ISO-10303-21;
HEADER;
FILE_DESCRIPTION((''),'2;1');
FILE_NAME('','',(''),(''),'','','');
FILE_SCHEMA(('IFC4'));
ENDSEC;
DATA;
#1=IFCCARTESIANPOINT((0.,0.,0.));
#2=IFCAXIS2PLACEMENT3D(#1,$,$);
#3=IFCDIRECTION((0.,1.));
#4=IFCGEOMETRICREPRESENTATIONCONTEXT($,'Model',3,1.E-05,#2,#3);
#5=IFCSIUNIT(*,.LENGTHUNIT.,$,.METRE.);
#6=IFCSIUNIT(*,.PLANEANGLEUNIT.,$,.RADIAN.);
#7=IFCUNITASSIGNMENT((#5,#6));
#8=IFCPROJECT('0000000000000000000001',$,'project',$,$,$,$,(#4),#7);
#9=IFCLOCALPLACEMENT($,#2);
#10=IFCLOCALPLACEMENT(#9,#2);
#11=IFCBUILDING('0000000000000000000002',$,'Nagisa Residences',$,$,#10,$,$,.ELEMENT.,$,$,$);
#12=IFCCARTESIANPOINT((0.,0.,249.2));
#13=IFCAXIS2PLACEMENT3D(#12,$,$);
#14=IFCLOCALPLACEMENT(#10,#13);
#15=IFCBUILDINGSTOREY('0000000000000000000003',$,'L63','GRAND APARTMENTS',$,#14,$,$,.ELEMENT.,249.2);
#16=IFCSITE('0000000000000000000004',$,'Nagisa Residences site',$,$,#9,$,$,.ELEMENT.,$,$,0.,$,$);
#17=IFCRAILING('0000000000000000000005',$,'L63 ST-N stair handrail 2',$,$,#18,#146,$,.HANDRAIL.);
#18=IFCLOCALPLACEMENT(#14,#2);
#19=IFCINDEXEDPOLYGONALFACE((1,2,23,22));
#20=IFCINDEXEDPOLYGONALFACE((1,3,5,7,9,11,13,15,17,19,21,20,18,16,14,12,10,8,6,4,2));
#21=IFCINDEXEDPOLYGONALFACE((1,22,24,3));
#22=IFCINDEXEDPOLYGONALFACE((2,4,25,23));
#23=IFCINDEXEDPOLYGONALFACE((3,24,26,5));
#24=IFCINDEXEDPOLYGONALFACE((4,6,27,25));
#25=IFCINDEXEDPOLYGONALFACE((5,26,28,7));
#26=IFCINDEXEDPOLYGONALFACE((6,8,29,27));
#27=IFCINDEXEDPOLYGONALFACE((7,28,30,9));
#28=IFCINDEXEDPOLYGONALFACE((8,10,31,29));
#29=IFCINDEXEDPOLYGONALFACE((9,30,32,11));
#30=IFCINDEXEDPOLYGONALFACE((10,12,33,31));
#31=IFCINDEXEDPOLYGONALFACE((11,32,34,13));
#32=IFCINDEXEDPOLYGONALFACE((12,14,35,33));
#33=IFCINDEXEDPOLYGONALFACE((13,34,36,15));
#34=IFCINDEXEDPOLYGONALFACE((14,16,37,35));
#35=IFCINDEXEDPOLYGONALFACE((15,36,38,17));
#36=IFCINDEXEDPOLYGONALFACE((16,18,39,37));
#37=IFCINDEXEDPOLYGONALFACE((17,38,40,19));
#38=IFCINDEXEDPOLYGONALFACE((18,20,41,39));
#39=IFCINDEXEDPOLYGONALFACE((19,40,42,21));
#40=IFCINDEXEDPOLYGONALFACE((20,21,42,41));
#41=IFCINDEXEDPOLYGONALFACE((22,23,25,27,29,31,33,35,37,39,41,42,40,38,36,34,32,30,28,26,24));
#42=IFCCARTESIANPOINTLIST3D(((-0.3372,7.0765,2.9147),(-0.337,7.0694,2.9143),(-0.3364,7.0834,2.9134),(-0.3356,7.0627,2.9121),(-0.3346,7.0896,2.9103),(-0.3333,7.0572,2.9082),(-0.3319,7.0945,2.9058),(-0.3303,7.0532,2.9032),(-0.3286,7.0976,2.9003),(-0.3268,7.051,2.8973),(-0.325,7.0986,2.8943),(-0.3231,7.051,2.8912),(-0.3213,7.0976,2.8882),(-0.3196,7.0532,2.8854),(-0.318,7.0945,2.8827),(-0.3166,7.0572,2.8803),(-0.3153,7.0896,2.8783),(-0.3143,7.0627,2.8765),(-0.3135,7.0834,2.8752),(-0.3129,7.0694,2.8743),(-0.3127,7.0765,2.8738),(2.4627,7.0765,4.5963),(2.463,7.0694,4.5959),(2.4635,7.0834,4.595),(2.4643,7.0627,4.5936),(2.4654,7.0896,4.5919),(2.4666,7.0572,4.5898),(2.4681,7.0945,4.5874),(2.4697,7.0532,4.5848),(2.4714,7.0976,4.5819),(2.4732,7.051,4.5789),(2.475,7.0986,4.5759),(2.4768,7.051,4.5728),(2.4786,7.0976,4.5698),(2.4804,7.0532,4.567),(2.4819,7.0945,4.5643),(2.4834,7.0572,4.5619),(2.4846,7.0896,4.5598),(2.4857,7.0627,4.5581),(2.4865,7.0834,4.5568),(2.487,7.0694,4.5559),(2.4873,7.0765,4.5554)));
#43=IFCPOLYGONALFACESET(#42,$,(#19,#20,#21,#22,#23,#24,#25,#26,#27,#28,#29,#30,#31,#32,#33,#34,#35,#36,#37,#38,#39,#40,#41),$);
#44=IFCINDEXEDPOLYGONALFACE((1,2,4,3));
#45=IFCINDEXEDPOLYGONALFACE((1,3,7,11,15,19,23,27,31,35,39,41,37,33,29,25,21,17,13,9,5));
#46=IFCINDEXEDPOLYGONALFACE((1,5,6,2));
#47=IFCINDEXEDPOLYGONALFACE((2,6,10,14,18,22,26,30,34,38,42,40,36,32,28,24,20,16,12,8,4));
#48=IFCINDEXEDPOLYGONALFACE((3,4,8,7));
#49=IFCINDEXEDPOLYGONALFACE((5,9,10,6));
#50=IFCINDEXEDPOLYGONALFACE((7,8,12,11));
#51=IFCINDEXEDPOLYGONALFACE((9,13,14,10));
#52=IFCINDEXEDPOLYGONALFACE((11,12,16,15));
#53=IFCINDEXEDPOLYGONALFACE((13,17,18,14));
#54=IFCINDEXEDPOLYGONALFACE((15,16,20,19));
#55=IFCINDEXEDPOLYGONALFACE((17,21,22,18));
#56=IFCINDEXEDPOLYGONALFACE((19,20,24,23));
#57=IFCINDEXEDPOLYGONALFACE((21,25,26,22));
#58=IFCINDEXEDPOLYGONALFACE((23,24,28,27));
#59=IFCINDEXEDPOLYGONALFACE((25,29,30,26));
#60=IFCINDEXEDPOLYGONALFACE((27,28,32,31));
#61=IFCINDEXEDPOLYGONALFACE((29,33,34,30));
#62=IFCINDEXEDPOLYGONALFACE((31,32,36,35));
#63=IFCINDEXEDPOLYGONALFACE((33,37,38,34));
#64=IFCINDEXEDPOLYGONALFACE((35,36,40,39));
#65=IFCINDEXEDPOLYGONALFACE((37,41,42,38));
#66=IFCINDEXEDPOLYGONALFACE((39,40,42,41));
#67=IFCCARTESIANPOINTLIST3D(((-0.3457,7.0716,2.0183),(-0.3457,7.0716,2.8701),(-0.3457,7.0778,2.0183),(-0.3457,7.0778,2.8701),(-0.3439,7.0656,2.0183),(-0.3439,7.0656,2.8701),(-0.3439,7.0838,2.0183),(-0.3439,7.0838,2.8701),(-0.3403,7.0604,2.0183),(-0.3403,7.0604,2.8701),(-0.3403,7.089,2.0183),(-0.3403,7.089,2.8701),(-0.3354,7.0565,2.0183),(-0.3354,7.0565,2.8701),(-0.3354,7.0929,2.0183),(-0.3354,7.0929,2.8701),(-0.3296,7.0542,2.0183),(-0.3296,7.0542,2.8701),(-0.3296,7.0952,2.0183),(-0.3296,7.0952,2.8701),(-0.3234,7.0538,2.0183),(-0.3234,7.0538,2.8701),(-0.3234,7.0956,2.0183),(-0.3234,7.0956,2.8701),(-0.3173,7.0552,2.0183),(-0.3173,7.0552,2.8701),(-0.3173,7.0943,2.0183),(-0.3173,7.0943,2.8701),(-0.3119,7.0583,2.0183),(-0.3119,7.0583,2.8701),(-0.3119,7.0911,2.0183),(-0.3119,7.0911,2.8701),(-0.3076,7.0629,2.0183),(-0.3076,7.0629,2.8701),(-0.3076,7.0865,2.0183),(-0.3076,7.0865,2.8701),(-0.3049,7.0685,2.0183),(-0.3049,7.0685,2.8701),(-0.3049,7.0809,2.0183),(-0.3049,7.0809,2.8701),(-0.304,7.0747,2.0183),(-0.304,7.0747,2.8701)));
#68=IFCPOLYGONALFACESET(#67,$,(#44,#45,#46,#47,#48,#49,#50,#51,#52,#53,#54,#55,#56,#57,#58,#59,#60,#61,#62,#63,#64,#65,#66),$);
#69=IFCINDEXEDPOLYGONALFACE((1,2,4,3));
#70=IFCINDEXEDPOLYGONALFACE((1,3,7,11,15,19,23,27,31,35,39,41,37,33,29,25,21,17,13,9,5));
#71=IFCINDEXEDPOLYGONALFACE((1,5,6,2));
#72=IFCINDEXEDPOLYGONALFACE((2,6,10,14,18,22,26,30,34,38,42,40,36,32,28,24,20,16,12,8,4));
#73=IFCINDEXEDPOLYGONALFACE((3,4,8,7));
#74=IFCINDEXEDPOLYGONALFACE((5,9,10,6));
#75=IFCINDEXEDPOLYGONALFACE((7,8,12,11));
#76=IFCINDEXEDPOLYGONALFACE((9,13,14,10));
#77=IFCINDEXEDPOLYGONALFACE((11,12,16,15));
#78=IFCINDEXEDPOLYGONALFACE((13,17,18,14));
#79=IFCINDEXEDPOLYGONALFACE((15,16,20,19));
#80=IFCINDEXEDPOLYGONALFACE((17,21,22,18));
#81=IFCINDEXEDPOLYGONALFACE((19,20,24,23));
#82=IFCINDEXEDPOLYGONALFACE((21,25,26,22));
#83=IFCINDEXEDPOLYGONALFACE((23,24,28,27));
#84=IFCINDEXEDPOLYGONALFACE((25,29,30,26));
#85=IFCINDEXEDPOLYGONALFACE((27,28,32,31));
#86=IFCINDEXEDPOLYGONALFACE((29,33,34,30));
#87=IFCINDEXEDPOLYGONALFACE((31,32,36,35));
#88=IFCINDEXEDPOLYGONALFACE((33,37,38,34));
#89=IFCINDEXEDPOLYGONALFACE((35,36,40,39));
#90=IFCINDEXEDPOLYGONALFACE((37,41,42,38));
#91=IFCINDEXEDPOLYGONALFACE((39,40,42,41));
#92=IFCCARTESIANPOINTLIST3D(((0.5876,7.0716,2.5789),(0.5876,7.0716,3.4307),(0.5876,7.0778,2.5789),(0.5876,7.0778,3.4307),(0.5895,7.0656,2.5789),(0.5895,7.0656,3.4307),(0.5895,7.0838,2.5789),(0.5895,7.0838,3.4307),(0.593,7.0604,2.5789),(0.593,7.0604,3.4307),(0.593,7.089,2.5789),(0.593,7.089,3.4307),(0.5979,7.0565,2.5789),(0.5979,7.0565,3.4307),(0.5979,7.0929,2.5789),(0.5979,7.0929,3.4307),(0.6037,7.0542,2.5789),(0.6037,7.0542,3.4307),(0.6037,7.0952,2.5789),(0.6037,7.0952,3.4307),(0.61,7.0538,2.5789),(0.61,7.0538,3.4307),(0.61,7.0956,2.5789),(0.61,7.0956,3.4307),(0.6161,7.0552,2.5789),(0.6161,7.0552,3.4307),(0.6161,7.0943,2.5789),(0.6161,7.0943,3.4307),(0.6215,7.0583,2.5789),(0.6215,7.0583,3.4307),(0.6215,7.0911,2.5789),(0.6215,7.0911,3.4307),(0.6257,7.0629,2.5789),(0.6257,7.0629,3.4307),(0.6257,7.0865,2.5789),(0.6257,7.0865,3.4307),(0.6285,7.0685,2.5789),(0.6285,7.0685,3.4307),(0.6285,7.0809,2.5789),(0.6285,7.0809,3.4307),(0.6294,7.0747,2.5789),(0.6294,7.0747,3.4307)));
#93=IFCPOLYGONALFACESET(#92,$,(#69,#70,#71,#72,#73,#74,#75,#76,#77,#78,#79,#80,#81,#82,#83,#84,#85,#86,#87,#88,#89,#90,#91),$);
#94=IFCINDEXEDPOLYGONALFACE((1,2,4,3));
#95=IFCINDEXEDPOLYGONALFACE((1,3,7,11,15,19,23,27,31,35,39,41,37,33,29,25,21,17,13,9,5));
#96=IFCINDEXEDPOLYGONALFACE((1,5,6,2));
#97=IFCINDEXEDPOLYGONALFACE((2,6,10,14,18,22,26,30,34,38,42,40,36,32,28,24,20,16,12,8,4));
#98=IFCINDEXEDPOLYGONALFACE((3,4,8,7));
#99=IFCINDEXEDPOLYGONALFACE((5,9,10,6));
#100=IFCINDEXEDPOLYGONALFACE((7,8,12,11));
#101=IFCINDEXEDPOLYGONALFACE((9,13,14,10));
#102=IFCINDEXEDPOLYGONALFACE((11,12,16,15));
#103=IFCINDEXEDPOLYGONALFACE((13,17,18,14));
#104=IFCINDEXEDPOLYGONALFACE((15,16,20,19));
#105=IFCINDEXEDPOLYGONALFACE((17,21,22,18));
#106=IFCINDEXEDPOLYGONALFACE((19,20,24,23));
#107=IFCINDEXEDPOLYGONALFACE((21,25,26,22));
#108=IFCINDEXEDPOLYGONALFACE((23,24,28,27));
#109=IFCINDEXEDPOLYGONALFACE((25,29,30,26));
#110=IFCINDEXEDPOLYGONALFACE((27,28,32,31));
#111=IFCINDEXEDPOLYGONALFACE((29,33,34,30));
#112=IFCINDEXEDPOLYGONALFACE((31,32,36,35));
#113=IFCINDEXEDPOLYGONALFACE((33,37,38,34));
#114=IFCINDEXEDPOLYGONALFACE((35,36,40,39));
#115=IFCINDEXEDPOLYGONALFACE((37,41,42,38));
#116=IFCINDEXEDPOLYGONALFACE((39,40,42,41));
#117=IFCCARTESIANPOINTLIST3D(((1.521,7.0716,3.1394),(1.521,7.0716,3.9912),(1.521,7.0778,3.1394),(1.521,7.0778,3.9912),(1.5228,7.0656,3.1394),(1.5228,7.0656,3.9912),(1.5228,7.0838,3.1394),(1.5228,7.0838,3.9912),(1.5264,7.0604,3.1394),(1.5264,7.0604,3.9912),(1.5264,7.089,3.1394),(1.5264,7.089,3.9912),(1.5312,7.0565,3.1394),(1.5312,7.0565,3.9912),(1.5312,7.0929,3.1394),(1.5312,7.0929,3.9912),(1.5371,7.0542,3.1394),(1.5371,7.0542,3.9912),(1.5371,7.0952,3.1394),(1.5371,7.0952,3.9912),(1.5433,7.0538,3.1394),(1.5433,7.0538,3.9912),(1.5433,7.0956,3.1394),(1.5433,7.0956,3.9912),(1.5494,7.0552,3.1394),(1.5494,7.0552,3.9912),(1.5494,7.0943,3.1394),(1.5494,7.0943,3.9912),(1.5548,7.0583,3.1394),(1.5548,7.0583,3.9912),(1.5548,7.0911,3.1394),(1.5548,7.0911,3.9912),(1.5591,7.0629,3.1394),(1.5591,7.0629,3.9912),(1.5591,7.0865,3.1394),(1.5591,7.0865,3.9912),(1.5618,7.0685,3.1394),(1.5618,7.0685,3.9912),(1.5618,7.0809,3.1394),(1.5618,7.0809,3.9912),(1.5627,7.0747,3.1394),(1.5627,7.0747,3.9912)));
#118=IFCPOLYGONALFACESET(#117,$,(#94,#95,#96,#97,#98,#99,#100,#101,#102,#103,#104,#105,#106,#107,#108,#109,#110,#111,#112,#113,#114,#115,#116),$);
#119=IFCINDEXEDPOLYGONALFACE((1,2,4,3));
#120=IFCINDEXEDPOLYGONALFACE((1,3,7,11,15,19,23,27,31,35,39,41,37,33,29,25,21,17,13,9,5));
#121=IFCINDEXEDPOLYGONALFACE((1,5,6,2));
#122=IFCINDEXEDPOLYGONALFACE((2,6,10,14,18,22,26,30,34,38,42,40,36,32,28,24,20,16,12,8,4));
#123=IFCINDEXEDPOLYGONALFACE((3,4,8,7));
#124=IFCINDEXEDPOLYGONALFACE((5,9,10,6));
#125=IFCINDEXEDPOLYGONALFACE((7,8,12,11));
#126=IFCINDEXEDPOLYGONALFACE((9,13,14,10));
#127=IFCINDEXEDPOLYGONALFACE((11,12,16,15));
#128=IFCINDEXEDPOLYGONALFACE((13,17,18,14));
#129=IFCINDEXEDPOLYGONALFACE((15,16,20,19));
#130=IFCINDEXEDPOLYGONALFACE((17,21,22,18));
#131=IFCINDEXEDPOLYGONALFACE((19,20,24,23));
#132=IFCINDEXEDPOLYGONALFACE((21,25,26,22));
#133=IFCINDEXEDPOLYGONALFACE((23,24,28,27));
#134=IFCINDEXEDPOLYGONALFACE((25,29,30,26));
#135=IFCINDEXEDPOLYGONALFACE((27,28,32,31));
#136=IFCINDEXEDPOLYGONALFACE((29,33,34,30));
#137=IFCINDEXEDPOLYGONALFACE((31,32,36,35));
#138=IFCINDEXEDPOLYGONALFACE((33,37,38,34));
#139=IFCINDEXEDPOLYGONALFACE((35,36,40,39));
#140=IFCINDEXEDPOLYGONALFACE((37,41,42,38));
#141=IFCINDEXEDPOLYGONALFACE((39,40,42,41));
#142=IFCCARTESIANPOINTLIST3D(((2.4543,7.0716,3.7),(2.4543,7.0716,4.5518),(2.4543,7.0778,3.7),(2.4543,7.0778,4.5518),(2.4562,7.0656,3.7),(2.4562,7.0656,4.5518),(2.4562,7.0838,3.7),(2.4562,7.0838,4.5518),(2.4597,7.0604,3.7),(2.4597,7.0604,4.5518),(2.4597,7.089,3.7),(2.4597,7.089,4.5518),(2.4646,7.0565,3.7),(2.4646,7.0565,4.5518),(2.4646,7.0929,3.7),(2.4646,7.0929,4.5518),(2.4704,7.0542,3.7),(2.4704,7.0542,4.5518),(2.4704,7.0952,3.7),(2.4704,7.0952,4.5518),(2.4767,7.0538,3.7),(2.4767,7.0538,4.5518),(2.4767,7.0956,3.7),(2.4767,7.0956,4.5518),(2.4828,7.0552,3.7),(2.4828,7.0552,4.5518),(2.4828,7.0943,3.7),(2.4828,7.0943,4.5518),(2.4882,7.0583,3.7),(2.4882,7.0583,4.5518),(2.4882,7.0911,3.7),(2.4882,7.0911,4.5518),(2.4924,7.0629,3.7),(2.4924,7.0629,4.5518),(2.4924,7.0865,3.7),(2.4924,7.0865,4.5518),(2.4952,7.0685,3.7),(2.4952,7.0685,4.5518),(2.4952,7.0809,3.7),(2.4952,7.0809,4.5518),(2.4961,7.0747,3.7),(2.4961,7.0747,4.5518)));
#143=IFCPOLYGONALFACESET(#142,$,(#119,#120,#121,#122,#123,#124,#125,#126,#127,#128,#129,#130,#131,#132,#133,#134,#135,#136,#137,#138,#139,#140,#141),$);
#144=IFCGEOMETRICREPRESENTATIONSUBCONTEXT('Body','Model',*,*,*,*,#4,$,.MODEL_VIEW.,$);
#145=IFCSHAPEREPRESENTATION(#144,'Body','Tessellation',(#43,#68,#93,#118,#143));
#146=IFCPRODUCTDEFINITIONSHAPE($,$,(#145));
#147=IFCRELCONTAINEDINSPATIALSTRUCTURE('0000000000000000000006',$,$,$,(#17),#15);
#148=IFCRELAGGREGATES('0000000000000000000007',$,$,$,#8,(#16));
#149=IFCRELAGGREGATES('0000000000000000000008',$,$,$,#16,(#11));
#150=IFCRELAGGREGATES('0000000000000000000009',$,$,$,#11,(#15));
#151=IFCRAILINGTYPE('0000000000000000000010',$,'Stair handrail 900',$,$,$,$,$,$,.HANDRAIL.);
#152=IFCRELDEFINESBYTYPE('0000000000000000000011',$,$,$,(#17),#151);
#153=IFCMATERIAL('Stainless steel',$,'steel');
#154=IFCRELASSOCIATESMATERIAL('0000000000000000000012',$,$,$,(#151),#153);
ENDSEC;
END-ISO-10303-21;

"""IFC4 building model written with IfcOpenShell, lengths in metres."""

from ifc_helpers import new_model, si_unit, direction, frame, origin, origin_2d, place, context, subcontext, project, spatial, circle, extrude, material, type_object, element, save


model = new_model("IFC4")

# Units and contexts
model_context = context("Model", 3, precision=1e-05, world=origin(), true_north=direction((0.0, 1.0)))
body_context = subcontext(model_context, "Body", "Model", "MODEL_VIEW")
ifc_project = project(units=[si_unit("LENGTHUNIT", "METRE"), si_unit("PLANEANGLEUNIT", "RADIAN")], contexts=[model_context])

# Site, building, storey
site_placement = place(None, origin())
site = spatial("IfcSite", under=ifc_project, at=site_placement, Name="Nagisa Residences site", CompositionType="ELEMENT", RefElevation=0.0)
building_placement = place(site_placement, origin())
building = spatial("IfcBuilding", under=site, at=building_placement, Name="Nagisa Residences", CompositionType="ELEMENT")
storey_placement = place(building_placement, frame((0.0, 0.0, 249.2)))
storey = spatial("IfcBuildingStorey", under=building, at=storey_placement, Name="L63", Description="GRAND APARTMENTS", CompositionType="ELEMENT", Elevation=249.2)

# Railing
ifc_material_1 = material(Name="Stainless steel", Category="steel")
railing_type = type_object("IfcRailingType", Name="Stair handrail 900", PredefinedType="HANDRAIL", material=ifc_material_1)
railing_placement = place(storey_placement, frame((-0.325, 7.0747, 2.0183)))
element("IfcRailing", 1, at=railing_placement, inside=storey, type_object=railing_type, Name="L63 ST-N stair handrail 2", PredefinedType="HANDRAIL", context=body_context, shape_type="SweptSolid", body=[
    extrude(circle(Radius=0.0239, at=origin_2d()), frame((0.0, 0.0, 0.876), z_axis=(0.857275, 0.0, 0.514858), x_axis=(0.0, 1.0, 0.0)), (0.0, 0.0, 1.0), 3.2661),
    extrude(circle(Radius=0.021, at=origin_2d()), origin(), (0.0, 0.0, 1.0), 0.8518),
    extrude(circle(Radius=0.021, at=origin_2d()), frame((0.9333, 0.0, 0.5605)), (0.0, 0.0, 1.0), 0.8518),
    extrude(circle(Radius=0.021, at=origin_2d()), frame((1.8667, 0.0, 1.1211)), (0.0, 0.0, 1.0), 0.8518),
    extrude(circle(Radius=0.021, at=origin_2d()), frame((2.8, 0.0, 1.6816)), (0.0, 0.0, 1.0), 0.8518),
])

save(model, "model.ifc")
